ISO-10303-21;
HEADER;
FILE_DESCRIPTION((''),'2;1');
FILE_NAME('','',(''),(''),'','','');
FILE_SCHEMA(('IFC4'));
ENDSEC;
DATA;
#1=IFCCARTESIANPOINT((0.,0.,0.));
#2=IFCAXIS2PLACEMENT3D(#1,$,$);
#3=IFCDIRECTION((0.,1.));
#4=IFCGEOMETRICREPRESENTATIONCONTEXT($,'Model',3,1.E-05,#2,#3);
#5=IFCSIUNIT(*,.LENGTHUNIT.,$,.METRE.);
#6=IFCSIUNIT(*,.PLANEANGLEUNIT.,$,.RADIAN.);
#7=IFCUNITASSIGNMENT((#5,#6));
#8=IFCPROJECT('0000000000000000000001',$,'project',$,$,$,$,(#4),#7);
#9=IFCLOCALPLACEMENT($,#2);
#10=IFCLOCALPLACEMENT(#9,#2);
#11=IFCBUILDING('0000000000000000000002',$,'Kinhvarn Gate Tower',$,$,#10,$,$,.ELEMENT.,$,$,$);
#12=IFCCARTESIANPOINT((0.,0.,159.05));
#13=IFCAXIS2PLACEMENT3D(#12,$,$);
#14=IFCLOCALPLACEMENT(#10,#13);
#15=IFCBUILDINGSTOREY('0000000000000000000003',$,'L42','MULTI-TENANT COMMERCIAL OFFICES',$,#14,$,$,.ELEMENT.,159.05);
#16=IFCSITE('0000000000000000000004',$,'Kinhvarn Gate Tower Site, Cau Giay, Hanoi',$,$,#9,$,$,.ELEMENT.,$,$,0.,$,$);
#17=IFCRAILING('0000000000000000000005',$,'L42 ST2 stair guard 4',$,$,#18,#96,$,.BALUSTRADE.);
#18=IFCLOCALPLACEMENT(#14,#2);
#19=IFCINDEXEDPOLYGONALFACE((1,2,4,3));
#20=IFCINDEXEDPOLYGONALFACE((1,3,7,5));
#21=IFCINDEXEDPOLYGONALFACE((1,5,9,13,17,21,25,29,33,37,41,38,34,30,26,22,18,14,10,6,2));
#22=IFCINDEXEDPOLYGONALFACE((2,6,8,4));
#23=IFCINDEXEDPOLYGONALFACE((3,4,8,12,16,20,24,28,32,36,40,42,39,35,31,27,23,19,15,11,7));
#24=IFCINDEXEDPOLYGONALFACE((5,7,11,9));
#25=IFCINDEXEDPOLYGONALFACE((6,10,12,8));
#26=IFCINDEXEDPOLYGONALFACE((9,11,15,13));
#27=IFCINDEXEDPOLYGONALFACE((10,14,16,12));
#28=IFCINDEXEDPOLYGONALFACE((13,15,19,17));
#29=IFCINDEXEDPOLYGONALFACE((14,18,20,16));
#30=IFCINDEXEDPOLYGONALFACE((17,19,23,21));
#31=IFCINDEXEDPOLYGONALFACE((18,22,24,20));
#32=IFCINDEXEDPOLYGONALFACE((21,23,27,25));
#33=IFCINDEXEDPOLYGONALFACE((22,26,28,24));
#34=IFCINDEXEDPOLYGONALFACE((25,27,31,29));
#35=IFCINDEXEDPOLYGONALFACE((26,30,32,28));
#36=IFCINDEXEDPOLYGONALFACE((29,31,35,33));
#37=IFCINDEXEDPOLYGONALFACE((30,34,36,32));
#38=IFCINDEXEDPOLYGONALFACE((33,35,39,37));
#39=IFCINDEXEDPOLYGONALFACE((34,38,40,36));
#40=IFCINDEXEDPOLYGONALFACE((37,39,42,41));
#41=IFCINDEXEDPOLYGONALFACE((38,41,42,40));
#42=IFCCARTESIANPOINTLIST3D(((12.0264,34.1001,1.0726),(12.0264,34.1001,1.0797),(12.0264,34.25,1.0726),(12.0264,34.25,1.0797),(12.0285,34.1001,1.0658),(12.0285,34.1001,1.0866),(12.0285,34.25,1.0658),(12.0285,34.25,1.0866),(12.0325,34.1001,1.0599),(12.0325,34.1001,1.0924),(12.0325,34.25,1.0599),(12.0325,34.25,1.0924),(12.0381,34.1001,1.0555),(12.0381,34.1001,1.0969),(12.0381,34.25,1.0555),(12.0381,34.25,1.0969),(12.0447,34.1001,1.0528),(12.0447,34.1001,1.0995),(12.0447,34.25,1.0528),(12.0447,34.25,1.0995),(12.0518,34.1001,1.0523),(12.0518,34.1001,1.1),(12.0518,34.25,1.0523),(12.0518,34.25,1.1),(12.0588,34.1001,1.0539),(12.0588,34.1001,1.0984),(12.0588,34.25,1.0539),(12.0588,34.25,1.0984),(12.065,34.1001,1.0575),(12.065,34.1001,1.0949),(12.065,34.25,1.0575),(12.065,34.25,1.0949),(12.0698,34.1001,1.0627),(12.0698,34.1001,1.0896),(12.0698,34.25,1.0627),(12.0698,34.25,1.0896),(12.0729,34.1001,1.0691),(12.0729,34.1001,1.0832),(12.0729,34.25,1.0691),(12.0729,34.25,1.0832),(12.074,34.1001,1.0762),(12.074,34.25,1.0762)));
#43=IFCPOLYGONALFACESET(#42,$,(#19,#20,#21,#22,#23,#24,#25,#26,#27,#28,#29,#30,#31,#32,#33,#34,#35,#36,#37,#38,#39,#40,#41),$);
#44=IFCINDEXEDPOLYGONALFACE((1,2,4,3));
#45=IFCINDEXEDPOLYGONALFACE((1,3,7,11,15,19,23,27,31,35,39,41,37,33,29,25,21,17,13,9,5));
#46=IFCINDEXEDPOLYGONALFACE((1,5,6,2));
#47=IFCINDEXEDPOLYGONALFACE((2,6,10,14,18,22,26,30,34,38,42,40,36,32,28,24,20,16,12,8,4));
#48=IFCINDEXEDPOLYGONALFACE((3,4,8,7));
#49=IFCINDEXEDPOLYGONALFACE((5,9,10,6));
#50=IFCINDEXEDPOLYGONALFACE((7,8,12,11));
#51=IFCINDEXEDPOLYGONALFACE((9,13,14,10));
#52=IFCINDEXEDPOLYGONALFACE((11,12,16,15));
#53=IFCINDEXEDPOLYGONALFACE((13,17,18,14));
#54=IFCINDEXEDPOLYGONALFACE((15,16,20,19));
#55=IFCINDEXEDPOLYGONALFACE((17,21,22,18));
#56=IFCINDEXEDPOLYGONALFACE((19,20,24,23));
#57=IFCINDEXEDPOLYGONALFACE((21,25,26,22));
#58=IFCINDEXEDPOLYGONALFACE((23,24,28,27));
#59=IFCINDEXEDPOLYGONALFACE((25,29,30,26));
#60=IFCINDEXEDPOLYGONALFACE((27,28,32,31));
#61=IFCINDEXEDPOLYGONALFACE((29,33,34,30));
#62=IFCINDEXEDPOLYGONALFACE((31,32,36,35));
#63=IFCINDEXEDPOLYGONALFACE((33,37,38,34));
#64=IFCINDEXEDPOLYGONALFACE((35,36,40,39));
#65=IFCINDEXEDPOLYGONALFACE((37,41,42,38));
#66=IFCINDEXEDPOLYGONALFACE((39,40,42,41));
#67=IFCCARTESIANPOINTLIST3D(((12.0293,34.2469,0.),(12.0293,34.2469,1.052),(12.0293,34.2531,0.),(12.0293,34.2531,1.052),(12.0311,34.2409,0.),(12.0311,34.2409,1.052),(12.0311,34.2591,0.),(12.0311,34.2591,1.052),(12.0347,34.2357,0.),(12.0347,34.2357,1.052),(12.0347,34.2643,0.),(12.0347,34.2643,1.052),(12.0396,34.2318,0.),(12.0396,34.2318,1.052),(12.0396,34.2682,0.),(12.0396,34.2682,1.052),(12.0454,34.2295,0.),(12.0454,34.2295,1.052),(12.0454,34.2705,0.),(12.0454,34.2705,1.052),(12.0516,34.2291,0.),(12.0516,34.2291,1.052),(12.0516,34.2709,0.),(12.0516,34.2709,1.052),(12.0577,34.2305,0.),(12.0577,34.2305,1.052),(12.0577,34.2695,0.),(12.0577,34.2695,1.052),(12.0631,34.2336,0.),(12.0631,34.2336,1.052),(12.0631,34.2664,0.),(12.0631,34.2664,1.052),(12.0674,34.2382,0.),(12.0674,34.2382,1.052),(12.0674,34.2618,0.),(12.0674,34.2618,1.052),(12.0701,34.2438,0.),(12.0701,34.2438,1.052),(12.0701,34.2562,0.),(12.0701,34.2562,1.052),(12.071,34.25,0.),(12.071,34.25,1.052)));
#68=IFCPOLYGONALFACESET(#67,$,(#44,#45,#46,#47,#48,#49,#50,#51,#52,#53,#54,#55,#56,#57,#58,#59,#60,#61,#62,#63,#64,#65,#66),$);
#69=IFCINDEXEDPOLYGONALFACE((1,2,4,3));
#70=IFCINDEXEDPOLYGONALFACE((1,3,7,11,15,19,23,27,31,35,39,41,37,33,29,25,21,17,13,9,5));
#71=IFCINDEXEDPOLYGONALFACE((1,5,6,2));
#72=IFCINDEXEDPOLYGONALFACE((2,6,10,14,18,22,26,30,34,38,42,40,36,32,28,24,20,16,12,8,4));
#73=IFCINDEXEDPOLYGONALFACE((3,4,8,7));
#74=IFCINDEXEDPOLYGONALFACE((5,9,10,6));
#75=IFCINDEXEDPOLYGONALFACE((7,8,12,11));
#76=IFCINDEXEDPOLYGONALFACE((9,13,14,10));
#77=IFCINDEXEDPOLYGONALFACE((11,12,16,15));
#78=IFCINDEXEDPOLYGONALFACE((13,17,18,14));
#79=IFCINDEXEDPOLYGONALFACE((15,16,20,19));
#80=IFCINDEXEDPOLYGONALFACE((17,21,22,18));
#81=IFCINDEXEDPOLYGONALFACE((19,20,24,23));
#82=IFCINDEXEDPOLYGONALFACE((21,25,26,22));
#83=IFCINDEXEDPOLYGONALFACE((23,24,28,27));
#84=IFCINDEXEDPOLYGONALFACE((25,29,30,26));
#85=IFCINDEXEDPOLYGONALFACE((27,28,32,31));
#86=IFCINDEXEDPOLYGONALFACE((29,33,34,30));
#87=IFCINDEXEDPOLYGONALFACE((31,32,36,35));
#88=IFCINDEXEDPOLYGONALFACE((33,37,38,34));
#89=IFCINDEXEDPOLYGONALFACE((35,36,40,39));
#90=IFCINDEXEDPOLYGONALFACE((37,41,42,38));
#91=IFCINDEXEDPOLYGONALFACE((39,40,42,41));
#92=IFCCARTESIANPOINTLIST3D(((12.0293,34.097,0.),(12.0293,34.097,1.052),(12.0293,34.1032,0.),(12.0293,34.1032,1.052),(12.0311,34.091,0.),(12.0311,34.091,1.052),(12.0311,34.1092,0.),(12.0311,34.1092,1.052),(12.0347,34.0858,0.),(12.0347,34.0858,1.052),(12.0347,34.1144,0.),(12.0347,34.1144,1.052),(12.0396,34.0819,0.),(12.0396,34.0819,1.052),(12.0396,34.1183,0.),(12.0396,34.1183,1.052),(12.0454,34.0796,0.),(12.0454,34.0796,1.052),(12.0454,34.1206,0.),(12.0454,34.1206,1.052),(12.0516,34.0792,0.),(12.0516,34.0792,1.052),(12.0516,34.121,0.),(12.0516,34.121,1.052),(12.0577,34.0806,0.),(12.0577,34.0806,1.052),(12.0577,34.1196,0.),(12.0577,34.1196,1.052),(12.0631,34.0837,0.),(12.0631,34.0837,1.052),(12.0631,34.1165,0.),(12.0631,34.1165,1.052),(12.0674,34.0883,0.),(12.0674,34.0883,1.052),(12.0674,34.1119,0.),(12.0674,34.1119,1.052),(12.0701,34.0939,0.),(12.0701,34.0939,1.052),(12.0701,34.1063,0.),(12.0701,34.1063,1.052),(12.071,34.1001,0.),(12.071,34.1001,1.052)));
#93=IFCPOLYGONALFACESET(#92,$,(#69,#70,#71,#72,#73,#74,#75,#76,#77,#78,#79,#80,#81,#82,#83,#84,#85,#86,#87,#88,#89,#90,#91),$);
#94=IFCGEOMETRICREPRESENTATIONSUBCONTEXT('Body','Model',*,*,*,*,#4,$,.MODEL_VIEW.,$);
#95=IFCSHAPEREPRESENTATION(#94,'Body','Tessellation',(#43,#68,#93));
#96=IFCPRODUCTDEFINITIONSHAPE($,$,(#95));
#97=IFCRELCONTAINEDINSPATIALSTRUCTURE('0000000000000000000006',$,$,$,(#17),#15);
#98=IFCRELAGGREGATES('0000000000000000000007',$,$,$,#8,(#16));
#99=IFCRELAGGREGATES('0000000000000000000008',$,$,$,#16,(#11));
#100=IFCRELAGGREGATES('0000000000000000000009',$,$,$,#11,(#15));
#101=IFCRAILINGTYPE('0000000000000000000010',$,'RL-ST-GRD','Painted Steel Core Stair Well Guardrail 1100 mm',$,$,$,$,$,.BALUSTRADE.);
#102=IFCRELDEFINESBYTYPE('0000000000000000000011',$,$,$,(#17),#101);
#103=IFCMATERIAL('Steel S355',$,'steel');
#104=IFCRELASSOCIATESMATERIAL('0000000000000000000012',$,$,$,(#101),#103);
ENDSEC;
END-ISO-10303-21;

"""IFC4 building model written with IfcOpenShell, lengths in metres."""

from ifc_helpers import new_model, si_unit, direction, frame, origin, origin_2d, place, context, subcontext, project, spatial, circle, extrude, material, type_object, element, save


model = new_model("IFC4")

# Units and contexts
model_context = context("Model", 3, precision=1e-05, world=origin(), true_north=direction((0.0, 1.0)))
body_context = subcontext(model_context, "Body", "Model", "MODEL_VIEW")
ifc_project = project(units=[si_unit("LENGTHUNIT", "METRE"), si_unit("PLANEANGLEUNIT", "RADIAN")], contexts=[model_context])

# Site, building, storey
site_placement = place(None, origin())
site = spatial("IfcSite", under=ifc_project, at=site_placement, Name="Kinhvarn Gate Tower Site, Cau Giay, Hanoi", CompositionType="ELEMENT", RefElevation=0.0)
building_placement = place(site_placement, origin())
building = spatial("IfcBuilding", under=site, at=building_placement, Name="Kinhvarn Gate Tower", CompositionType="ELEMENT")
storey_placement = place(building_placement, frame((0.0, 0.0, 159.05)))
storey = spatial("IfcBuildingStorey", under=building, at=storey_placement, Name="L42", Description="MULTI-TENANT COMMERCIAL OFFICES", CompositionType="ELEMENT", Elevation=159.05)

# Shared definitions
ifc_material_1 = material(Name="Steel S355", Category="steel")

# Railing
railing_type_1 = type_object("IfcRailingType", Name="RL-ST-GRD", Description="Painted Steel Core Stair Well Guardrail 1100 mm", PredefinedType="BALUSTRADE", material=ifc_material_1)
railing_1_placement = place(storey_placement, frame((12.05, 34.25, 0.0)))
element("IfcRailing", 1, at=railing_1_placement, inside=storey, type_object=railing_type_1, Name="L42 ST2 stair guard 4", PredefinedType="BALUSTRADE", context=body_context, shape_type="SweptSolid", body=[
    extrude(circle(Radius=0.0239, at=origin_2d()), frame((0.0, 0.0, 1.0762), z_axis=(0.0, -1.0, 0.0), x_axis=(1.0, 0.0, 0.0)), (0.0, 0.0, 1.0), 0.1499),
    extrude(circle(Radius=0.021, at=origin_2d()), origin(), (0.0, 0.0, 1.0), 1.052),
    extrude(circle(Radius=0.021, at=origin_2d()), frame((0.0, -0.1499, 0.0)), (0.0, 0.0, 1.0), 1.052),
])

save(model, "model.ifc")
